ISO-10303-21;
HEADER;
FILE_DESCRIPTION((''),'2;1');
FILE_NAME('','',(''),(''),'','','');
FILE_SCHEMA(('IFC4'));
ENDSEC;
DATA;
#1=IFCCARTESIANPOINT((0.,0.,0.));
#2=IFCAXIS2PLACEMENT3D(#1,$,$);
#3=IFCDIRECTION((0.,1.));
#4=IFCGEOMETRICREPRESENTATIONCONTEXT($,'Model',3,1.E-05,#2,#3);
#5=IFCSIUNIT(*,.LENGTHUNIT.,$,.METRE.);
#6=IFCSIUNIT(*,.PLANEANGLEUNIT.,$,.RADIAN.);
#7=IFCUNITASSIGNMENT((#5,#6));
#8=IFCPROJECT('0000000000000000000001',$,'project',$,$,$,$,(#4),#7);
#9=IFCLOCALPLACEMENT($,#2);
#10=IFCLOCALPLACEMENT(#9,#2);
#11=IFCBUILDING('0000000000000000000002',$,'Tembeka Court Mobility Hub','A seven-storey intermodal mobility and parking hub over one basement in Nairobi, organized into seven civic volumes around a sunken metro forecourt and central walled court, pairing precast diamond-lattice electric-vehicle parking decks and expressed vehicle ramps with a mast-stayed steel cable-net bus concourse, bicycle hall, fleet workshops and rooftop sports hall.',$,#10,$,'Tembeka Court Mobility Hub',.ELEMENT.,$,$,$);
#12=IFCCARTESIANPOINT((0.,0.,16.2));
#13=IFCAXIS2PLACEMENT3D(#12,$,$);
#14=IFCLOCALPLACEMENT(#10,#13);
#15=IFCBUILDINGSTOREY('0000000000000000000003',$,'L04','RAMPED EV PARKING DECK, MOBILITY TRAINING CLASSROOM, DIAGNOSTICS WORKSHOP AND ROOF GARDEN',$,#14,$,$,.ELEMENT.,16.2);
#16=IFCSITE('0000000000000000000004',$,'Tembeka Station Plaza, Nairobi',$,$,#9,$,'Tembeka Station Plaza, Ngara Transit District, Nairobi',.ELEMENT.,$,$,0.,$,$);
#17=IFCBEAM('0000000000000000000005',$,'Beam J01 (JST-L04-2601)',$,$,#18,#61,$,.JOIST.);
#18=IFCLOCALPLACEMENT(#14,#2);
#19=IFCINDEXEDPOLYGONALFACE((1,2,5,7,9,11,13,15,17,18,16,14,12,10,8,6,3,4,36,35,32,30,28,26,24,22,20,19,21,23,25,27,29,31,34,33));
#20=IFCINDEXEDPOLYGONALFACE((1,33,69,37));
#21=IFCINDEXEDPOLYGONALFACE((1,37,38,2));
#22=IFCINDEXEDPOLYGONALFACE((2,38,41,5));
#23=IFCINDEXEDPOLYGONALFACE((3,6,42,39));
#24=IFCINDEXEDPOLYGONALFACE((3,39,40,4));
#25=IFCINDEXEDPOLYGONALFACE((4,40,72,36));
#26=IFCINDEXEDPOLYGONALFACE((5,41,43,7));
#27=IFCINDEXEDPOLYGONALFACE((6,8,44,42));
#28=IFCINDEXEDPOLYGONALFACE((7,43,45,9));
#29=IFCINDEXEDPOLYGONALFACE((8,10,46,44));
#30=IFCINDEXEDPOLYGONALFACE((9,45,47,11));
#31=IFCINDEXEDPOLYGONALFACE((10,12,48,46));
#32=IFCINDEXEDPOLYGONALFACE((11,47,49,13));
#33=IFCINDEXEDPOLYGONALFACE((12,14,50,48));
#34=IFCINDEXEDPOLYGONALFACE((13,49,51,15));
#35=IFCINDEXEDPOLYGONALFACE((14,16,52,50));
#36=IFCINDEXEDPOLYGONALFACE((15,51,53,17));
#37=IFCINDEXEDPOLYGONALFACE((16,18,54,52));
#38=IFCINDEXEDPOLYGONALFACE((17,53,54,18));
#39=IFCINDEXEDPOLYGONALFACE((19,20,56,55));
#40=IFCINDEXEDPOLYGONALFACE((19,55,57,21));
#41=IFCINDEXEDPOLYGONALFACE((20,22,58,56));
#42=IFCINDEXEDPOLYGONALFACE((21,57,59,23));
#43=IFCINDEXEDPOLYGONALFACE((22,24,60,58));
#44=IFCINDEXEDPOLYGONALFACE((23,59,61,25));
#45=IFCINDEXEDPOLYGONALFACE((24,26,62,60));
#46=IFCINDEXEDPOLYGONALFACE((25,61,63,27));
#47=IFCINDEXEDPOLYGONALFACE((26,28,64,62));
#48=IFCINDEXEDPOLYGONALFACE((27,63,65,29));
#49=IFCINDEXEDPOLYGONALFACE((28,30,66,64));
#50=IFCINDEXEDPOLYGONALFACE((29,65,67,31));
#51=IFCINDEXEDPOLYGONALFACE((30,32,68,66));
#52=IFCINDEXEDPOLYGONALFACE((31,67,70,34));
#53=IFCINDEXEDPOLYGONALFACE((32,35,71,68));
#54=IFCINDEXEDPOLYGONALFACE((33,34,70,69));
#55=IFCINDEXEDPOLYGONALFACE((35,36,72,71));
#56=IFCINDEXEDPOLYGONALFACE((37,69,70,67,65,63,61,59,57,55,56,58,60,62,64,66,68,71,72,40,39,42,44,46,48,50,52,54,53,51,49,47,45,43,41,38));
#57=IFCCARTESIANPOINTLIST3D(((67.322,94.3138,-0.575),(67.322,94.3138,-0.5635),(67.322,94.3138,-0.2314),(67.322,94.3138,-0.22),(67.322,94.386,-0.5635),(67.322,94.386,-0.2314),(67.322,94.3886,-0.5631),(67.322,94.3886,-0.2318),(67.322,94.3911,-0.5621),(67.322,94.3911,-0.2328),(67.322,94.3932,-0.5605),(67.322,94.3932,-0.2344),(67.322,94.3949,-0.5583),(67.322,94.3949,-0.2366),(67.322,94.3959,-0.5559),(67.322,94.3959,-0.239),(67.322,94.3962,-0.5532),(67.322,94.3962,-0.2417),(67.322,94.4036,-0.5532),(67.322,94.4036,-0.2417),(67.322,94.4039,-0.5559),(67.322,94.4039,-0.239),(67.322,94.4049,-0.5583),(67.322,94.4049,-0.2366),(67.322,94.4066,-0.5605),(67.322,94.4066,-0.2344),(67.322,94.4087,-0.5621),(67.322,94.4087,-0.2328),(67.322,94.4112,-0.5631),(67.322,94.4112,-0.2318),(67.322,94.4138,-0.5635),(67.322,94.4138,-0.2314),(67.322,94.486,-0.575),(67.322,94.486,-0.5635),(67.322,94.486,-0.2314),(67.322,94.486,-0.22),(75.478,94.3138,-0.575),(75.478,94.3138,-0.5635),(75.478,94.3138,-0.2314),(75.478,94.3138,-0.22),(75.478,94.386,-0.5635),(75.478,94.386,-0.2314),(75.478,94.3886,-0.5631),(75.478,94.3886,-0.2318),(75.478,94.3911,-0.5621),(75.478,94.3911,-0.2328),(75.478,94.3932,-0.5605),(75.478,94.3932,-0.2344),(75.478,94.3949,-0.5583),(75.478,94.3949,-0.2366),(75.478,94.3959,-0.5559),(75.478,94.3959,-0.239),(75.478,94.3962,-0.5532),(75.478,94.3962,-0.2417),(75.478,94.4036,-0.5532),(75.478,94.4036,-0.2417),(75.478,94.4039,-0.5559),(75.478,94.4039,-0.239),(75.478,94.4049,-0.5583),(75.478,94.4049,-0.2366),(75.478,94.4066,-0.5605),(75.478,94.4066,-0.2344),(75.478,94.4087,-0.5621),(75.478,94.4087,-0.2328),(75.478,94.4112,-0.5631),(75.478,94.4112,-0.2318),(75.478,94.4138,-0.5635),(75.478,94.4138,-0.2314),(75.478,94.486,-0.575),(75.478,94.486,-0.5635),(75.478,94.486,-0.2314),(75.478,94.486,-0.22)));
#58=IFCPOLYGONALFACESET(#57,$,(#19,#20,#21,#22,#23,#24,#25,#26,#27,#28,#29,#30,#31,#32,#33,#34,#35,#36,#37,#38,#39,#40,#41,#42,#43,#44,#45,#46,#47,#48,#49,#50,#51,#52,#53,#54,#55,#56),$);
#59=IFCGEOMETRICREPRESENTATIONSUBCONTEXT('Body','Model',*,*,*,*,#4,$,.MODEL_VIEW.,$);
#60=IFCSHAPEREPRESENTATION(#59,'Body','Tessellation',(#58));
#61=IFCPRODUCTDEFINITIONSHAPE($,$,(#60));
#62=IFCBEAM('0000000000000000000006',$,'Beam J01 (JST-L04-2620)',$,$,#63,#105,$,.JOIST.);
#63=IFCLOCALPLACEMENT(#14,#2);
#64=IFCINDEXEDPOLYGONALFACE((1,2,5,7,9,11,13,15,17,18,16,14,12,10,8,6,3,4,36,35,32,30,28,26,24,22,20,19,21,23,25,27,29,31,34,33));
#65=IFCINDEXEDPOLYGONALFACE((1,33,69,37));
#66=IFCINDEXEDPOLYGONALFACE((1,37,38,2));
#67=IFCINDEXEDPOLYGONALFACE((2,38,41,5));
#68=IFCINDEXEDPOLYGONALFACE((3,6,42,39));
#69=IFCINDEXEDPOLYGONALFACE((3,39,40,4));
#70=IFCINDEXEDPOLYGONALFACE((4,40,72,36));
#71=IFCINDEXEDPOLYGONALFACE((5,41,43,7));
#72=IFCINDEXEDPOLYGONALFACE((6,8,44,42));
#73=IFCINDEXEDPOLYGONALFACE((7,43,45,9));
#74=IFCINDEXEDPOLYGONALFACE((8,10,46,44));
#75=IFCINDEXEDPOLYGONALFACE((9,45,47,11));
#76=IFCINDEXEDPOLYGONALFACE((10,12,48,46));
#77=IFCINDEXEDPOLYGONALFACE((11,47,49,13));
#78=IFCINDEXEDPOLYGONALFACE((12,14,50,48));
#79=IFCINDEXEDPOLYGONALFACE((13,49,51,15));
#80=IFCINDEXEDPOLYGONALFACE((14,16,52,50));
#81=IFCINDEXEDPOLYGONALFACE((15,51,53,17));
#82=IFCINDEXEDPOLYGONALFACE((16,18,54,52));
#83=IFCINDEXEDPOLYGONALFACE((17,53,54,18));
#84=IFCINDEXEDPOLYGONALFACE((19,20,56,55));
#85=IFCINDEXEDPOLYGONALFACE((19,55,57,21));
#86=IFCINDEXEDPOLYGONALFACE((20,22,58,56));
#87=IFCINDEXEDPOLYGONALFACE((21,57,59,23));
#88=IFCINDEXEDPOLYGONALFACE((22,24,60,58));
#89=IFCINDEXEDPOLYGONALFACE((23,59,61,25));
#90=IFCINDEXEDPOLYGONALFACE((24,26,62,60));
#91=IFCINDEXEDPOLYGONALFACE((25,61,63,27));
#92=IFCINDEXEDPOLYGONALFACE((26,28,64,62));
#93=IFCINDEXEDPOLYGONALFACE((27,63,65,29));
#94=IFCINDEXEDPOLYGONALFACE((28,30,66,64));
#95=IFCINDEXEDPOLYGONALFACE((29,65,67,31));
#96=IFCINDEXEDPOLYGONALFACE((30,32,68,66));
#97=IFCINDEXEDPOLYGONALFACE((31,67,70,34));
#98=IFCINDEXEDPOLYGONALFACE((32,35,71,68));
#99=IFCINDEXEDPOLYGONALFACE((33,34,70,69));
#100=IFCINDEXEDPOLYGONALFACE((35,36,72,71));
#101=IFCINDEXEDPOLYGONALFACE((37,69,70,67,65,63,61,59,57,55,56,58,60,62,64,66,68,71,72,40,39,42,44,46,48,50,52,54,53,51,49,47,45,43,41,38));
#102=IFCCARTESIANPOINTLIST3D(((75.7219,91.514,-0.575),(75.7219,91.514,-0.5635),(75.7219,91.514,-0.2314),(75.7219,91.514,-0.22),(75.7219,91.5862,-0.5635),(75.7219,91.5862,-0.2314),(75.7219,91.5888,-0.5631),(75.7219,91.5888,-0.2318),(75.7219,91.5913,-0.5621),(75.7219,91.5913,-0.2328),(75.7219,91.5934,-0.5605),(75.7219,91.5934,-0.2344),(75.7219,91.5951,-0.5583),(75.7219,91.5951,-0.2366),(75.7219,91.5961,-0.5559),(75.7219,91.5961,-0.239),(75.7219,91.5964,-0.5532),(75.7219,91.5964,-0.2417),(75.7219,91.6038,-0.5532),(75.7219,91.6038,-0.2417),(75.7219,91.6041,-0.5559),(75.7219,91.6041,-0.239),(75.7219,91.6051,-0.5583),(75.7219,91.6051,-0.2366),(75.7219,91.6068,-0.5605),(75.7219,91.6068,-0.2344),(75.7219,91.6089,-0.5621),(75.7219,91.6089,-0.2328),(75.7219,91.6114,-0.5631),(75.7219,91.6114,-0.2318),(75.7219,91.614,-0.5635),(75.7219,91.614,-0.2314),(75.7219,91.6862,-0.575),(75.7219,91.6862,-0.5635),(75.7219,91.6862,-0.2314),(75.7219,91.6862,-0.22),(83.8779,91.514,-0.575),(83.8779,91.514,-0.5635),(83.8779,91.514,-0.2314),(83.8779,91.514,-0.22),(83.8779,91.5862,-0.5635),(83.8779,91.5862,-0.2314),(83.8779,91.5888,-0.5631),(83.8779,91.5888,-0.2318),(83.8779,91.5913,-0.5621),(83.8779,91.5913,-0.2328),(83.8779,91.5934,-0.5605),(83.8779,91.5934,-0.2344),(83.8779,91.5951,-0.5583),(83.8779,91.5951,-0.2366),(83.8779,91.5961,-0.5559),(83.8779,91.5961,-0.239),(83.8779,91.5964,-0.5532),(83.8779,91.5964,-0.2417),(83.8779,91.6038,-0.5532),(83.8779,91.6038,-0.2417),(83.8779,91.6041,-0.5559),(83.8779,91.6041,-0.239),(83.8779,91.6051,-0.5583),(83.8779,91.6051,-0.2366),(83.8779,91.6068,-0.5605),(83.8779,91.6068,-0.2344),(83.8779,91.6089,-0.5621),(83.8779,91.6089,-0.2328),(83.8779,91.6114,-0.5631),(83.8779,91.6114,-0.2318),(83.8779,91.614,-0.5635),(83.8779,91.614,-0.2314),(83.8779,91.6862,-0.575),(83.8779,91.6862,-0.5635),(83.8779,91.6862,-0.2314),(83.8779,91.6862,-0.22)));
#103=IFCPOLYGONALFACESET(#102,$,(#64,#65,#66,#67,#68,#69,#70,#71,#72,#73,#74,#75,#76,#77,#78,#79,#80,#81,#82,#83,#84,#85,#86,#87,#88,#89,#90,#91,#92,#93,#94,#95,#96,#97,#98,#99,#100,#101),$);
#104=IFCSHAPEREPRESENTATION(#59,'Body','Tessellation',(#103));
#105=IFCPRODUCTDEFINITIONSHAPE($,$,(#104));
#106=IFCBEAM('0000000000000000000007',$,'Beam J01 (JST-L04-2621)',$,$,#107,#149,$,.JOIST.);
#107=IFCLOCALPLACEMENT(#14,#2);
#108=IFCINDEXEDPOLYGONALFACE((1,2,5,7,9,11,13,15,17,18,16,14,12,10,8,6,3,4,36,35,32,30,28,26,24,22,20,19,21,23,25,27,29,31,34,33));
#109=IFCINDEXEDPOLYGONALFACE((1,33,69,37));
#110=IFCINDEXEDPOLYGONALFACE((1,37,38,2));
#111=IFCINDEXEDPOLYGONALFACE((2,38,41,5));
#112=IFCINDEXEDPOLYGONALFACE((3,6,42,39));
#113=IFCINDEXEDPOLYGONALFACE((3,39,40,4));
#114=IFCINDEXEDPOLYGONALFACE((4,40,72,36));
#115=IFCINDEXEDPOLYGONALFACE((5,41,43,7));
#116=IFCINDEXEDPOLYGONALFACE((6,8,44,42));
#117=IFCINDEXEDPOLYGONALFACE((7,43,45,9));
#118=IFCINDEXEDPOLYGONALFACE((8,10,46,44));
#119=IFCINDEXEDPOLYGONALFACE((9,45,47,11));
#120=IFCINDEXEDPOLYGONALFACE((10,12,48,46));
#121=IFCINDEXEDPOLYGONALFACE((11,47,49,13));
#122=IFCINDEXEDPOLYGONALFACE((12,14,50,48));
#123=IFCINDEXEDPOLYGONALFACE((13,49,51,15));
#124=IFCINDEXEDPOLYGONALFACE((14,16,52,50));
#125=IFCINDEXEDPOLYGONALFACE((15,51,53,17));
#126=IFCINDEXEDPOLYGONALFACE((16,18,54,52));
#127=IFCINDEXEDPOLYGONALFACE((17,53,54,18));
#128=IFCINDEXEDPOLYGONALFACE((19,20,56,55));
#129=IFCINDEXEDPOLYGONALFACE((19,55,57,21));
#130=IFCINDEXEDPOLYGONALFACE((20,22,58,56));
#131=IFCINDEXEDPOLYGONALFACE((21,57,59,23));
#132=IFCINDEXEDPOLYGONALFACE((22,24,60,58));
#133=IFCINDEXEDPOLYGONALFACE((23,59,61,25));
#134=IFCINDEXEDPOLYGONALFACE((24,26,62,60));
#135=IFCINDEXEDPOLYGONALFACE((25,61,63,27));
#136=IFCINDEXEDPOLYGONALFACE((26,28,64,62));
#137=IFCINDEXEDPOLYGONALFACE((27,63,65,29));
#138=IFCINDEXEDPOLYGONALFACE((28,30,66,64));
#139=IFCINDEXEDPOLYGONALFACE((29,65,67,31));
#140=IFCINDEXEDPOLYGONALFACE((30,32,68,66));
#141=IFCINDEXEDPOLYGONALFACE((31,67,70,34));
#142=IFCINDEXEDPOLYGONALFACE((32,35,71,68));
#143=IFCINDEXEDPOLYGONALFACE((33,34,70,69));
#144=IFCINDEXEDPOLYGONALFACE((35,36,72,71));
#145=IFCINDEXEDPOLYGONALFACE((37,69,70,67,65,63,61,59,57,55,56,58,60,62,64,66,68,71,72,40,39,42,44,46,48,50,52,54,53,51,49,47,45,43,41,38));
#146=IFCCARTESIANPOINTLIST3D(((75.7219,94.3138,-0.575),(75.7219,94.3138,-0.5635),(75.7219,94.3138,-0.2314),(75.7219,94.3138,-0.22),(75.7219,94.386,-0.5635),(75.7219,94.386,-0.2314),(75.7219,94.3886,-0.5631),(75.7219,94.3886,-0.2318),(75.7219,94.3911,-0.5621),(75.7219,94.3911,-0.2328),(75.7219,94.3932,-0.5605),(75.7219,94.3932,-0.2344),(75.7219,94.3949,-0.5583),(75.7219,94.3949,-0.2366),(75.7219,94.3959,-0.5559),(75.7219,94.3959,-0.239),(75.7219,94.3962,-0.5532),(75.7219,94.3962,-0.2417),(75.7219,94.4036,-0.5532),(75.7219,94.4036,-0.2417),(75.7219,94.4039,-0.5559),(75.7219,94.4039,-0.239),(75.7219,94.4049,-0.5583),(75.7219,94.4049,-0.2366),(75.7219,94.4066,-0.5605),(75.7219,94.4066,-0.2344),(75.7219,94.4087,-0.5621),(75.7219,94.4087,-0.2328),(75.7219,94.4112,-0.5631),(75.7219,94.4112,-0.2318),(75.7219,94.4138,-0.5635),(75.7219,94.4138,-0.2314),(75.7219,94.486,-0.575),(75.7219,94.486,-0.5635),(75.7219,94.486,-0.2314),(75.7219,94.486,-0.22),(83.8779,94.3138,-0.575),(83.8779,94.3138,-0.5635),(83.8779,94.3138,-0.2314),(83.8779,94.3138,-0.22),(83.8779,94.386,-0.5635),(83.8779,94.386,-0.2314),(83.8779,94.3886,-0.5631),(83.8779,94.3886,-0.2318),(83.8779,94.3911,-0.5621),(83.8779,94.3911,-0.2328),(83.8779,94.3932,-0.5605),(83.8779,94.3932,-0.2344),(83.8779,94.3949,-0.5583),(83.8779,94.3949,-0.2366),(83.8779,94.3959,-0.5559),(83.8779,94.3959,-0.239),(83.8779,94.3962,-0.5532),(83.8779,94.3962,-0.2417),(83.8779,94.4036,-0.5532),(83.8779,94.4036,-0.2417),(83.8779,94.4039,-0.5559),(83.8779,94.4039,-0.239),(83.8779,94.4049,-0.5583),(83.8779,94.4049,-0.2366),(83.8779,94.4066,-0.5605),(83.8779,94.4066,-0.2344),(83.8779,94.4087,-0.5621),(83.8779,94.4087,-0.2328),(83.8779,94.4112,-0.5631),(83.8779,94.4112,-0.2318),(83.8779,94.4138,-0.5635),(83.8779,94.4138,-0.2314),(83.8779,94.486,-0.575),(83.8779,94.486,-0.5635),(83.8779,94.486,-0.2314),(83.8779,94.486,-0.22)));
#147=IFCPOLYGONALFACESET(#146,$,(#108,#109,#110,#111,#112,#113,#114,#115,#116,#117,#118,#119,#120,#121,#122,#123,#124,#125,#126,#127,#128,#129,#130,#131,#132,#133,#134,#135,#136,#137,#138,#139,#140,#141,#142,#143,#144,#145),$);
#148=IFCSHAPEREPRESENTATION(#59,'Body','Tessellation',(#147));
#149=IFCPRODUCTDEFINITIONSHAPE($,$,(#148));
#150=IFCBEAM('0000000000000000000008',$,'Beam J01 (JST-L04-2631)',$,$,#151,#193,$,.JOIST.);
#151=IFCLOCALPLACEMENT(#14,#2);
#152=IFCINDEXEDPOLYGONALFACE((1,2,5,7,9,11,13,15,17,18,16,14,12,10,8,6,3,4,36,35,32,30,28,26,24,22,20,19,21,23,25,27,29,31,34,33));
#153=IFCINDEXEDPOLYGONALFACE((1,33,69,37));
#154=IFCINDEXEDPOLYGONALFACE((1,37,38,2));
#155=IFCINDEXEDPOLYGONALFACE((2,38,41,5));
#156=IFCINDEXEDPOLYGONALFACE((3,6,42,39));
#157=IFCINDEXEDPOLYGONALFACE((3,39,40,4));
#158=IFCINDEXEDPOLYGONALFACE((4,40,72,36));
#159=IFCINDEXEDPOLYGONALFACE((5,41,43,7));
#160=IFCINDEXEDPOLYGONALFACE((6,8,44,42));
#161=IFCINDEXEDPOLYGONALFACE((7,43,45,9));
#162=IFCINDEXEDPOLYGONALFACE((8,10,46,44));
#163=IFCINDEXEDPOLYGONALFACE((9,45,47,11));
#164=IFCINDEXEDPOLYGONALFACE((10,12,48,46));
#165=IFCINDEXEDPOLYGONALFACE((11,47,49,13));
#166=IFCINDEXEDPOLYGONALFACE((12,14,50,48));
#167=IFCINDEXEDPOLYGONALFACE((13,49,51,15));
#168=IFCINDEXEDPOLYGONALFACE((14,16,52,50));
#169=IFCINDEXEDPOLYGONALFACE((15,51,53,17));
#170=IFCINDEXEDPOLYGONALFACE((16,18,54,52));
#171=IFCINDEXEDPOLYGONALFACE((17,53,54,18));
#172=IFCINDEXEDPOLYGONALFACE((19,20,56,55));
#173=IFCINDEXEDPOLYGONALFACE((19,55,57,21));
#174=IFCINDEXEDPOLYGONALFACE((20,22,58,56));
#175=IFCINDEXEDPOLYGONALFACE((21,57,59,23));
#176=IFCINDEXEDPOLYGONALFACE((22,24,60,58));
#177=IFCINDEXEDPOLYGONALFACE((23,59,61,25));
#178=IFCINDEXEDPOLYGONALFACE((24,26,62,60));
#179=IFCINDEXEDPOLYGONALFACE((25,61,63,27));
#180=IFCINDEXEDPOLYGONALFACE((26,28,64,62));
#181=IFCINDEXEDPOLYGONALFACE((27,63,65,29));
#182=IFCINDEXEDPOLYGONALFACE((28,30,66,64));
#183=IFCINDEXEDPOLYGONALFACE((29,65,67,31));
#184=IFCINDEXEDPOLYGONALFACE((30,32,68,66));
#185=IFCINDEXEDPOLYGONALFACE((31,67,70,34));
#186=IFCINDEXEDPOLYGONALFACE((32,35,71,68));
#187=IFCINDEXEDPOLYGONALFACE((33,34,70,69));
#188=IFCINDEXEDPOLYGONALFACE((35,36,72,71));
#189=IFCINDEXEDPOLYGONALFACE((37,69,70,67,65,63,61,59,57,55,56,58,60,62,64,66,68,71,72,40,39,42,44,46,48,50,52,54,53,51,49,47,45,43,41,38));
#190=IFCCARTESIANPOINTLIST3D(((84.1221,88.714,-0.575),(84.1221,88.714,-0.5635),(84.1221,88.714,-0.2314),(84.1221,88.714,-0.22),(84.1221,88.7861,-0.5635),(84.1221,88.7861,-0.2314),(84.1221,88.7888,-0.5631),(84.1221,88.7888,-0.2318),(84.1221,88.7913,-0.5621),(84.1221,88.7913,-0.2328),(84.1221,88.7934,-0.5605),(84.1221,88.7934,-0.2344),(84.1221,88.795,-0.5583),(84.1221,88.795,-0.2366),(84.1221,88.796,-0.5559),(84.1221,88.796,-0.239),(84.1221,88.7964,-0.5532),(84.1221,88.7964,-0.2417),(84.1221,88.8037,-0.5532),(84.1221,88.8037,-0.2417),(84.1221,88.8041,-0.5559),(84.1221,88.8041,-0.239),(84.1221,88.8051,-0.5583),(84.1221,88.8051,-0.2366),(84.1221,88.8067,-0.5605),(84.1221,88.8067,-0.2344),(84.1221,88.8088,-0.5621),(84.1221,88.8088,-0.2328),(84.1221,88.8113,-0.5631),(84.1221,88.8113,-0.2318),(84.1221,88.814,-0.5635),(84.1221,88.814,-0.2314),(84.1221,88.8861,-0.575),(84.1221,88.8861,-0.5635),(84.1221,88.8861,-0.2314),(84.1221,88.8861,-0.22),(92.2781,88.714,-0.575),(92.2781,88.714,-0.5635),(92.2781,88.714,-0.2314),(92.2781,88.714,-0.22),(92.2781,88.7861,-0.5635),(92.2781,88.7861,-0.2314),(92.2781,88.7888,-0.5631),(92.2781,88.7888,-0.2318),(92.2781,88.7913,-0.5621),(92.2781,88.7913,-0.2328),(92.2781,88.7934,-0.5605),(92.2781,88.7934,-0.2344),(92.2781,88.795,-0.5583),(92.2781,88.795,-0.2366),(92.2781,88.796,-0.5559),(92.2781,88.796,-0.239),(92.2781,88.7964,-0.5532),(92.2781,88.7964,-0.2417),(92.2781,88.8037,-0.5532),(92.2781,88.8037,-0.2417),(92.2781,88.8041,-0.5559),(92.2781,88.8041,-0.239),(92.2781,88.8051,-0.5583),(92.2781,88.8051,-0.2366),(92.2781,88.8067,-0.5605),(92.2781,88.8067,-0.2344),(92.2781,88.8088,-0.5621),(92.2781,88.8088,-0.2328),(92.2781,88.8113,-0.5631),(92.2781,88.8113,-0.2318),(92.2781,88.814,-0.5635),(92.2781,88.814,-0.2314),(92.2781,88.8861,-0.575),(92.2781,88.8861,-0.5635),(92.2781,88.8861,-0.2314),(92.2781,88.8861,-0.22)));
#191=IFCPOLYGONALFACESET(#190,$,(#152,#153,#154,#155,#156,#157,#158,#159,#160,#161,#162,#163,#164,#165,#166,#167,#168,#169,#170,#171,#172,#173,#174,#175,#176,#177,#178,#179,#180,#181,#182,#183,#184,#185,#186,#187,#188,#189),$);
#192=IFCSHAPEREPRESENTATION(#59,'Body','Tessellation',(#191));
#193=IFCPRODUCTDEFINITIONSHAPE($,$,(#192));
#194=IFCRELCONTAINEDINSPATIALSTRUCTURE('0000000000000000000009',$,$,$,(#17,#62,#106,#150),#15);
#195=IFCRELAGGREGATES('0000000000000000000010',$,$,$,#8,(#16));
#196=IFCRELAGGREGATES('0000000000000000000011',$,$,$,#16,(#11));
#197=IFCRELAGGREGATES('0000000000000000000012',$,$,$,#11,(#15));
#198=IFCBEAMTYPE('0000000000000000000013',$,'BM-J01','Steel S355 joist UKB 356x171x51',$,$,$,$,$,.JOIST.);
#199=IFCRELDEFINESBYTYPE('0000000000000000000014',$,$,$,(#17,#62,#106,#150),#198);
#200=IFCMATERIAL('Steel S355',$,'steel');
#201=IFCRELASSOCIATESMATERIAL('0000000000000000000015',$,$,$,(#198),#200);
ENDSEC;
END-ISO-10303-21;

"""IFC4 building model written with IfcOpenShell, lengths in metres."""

from ifc_helpers import new_model, si_unit, direction, frame, origin, origin_2d, place, context, subcontext, project, spatial, i_section, extrude, material, material_profile, profile_set, type_object, element, save


model = new_model("IFC4")

# Units and contexts
model_context = context("Model", 3, precision=1e-05, world=origin(), true_north=direction((0.0, 1.0)))
body_context = subcontext(model_context, "Body", "Model", "MODEL_VIEW")
ifc_project = project(units=[si_unit("LENGTHUNIT", "METRE"), si_unit("PLANEANGLEUNIT", "RADIAN")], contexts=[model_context])

# Site, building, storey
site_placement = place(None, origin())
site = spatial("IfcSite", under=ifc_project, at=site_placement, Name="Tembeka Station Plaza, Nairobi", LongName="Tembeka Station Plaza, Ngara Transit District, Nairobi", CompositionType="ELEMENT", RefElevation=0.0)
building_placement = place(site_placement, origin())
building = spatial("IfcBuilding", under=site, at=building_placement, Name="Tembeka Court Mobility Hub", Description="A seven-storey intermodal mobility and parking hub over one basement in Nairobi, organized into seven civic volumes around a sunken metro forecourt and central walled court, pairing precast diamond-lattice electric-vehicle parking decks and expressed vehicle ramps with a mast-stayed steel cable-net bus concourse, bicycle hall, fleet workshops and rooftop sports hall.", LongName="Tembeka Court Mobility Hub", CompositionType="ELEMENT")
storey_placement = place(building_placement, frame((0.0, 0.0, 16.2)))
storey = spatial("IfcBuildingStorey", under=building, at=storey_placement, Name="L04", Description="RAMPED EV PARKING DECK, MOBILITY TRAINING CLASSROOM, DIAGNOSTICS WORKSHOP AND ROOF GARDEN", CompositionType="ELEMENT", Elevation=16.2)

# Shared definitions
ifc_material_1 = material(Name="Steel S355", Category="steel")

# Beams
ifc_material_profile_1 = material_profile(ifc_material_1, i_section(OverallWidth=0.1721, OverallDepth=0.355, WebThickness=0.0073, FlangeThickness=0.0115, FilletRadius=0.0103, at=origin_2d()), Name="UKB 356x171x51")
ifc_profile_set_1 = profile_set([ifc_material_profile_1], Name="Steel S355")
beam_type_1 = type_object("IfcBeamType", Name="BM-J01", Description="Steel S355 joist UKB 356x171x51", PredefinedType="JOIST", material=ifc_profile_set_1)
for number, where, z_axis, x_axis, name in (
    (1, (67.322, 94.3999, -0.3975), (1.0, 0.0, 0.0), (0.0, 1.0, 0.0), "Beam J01 (JST-L04-2601)"),
    (2, (75.7219, 91.6001, -0.3975), (1.0, 0.0, 0.0), (0.0, 1.0, 0.0), "Beam J01 (JST-L04-2620)"),
    (3, (75.7219, 94.3999, -0.3975), (1.0, 0.0, 0.0), (0.0, 1.0, 0.0), "Beam J01 (JST-L04-2621)"),
    (4, (84.1221, 88.8, -0.3975), (1.0, 0.0, 0.0), (0.0, 1.0, 0.0), "Beam J01 (JST-L04-2631)"),
):
    element("IfcBeam", number, at=place(storey_placement, frame(where, z_axis=z_axis, x_axis=x_axis)), inside=storey, type_object=beam_type_1, Name=name, PredefinedType="JOIST", context=body_context, shape_type="SweptSolid", body=[
        extrude(i_section(OverallWidth=0.1721, OverallDepth=0.355, WebThickness=0.0073, FlangeThickness=0.0115, FilletRadius=0.0103, at=origin_2d()), origin(), (0.0, 0.0, 1.0), 8.156),
    ])

save(model, "model.ifc")
